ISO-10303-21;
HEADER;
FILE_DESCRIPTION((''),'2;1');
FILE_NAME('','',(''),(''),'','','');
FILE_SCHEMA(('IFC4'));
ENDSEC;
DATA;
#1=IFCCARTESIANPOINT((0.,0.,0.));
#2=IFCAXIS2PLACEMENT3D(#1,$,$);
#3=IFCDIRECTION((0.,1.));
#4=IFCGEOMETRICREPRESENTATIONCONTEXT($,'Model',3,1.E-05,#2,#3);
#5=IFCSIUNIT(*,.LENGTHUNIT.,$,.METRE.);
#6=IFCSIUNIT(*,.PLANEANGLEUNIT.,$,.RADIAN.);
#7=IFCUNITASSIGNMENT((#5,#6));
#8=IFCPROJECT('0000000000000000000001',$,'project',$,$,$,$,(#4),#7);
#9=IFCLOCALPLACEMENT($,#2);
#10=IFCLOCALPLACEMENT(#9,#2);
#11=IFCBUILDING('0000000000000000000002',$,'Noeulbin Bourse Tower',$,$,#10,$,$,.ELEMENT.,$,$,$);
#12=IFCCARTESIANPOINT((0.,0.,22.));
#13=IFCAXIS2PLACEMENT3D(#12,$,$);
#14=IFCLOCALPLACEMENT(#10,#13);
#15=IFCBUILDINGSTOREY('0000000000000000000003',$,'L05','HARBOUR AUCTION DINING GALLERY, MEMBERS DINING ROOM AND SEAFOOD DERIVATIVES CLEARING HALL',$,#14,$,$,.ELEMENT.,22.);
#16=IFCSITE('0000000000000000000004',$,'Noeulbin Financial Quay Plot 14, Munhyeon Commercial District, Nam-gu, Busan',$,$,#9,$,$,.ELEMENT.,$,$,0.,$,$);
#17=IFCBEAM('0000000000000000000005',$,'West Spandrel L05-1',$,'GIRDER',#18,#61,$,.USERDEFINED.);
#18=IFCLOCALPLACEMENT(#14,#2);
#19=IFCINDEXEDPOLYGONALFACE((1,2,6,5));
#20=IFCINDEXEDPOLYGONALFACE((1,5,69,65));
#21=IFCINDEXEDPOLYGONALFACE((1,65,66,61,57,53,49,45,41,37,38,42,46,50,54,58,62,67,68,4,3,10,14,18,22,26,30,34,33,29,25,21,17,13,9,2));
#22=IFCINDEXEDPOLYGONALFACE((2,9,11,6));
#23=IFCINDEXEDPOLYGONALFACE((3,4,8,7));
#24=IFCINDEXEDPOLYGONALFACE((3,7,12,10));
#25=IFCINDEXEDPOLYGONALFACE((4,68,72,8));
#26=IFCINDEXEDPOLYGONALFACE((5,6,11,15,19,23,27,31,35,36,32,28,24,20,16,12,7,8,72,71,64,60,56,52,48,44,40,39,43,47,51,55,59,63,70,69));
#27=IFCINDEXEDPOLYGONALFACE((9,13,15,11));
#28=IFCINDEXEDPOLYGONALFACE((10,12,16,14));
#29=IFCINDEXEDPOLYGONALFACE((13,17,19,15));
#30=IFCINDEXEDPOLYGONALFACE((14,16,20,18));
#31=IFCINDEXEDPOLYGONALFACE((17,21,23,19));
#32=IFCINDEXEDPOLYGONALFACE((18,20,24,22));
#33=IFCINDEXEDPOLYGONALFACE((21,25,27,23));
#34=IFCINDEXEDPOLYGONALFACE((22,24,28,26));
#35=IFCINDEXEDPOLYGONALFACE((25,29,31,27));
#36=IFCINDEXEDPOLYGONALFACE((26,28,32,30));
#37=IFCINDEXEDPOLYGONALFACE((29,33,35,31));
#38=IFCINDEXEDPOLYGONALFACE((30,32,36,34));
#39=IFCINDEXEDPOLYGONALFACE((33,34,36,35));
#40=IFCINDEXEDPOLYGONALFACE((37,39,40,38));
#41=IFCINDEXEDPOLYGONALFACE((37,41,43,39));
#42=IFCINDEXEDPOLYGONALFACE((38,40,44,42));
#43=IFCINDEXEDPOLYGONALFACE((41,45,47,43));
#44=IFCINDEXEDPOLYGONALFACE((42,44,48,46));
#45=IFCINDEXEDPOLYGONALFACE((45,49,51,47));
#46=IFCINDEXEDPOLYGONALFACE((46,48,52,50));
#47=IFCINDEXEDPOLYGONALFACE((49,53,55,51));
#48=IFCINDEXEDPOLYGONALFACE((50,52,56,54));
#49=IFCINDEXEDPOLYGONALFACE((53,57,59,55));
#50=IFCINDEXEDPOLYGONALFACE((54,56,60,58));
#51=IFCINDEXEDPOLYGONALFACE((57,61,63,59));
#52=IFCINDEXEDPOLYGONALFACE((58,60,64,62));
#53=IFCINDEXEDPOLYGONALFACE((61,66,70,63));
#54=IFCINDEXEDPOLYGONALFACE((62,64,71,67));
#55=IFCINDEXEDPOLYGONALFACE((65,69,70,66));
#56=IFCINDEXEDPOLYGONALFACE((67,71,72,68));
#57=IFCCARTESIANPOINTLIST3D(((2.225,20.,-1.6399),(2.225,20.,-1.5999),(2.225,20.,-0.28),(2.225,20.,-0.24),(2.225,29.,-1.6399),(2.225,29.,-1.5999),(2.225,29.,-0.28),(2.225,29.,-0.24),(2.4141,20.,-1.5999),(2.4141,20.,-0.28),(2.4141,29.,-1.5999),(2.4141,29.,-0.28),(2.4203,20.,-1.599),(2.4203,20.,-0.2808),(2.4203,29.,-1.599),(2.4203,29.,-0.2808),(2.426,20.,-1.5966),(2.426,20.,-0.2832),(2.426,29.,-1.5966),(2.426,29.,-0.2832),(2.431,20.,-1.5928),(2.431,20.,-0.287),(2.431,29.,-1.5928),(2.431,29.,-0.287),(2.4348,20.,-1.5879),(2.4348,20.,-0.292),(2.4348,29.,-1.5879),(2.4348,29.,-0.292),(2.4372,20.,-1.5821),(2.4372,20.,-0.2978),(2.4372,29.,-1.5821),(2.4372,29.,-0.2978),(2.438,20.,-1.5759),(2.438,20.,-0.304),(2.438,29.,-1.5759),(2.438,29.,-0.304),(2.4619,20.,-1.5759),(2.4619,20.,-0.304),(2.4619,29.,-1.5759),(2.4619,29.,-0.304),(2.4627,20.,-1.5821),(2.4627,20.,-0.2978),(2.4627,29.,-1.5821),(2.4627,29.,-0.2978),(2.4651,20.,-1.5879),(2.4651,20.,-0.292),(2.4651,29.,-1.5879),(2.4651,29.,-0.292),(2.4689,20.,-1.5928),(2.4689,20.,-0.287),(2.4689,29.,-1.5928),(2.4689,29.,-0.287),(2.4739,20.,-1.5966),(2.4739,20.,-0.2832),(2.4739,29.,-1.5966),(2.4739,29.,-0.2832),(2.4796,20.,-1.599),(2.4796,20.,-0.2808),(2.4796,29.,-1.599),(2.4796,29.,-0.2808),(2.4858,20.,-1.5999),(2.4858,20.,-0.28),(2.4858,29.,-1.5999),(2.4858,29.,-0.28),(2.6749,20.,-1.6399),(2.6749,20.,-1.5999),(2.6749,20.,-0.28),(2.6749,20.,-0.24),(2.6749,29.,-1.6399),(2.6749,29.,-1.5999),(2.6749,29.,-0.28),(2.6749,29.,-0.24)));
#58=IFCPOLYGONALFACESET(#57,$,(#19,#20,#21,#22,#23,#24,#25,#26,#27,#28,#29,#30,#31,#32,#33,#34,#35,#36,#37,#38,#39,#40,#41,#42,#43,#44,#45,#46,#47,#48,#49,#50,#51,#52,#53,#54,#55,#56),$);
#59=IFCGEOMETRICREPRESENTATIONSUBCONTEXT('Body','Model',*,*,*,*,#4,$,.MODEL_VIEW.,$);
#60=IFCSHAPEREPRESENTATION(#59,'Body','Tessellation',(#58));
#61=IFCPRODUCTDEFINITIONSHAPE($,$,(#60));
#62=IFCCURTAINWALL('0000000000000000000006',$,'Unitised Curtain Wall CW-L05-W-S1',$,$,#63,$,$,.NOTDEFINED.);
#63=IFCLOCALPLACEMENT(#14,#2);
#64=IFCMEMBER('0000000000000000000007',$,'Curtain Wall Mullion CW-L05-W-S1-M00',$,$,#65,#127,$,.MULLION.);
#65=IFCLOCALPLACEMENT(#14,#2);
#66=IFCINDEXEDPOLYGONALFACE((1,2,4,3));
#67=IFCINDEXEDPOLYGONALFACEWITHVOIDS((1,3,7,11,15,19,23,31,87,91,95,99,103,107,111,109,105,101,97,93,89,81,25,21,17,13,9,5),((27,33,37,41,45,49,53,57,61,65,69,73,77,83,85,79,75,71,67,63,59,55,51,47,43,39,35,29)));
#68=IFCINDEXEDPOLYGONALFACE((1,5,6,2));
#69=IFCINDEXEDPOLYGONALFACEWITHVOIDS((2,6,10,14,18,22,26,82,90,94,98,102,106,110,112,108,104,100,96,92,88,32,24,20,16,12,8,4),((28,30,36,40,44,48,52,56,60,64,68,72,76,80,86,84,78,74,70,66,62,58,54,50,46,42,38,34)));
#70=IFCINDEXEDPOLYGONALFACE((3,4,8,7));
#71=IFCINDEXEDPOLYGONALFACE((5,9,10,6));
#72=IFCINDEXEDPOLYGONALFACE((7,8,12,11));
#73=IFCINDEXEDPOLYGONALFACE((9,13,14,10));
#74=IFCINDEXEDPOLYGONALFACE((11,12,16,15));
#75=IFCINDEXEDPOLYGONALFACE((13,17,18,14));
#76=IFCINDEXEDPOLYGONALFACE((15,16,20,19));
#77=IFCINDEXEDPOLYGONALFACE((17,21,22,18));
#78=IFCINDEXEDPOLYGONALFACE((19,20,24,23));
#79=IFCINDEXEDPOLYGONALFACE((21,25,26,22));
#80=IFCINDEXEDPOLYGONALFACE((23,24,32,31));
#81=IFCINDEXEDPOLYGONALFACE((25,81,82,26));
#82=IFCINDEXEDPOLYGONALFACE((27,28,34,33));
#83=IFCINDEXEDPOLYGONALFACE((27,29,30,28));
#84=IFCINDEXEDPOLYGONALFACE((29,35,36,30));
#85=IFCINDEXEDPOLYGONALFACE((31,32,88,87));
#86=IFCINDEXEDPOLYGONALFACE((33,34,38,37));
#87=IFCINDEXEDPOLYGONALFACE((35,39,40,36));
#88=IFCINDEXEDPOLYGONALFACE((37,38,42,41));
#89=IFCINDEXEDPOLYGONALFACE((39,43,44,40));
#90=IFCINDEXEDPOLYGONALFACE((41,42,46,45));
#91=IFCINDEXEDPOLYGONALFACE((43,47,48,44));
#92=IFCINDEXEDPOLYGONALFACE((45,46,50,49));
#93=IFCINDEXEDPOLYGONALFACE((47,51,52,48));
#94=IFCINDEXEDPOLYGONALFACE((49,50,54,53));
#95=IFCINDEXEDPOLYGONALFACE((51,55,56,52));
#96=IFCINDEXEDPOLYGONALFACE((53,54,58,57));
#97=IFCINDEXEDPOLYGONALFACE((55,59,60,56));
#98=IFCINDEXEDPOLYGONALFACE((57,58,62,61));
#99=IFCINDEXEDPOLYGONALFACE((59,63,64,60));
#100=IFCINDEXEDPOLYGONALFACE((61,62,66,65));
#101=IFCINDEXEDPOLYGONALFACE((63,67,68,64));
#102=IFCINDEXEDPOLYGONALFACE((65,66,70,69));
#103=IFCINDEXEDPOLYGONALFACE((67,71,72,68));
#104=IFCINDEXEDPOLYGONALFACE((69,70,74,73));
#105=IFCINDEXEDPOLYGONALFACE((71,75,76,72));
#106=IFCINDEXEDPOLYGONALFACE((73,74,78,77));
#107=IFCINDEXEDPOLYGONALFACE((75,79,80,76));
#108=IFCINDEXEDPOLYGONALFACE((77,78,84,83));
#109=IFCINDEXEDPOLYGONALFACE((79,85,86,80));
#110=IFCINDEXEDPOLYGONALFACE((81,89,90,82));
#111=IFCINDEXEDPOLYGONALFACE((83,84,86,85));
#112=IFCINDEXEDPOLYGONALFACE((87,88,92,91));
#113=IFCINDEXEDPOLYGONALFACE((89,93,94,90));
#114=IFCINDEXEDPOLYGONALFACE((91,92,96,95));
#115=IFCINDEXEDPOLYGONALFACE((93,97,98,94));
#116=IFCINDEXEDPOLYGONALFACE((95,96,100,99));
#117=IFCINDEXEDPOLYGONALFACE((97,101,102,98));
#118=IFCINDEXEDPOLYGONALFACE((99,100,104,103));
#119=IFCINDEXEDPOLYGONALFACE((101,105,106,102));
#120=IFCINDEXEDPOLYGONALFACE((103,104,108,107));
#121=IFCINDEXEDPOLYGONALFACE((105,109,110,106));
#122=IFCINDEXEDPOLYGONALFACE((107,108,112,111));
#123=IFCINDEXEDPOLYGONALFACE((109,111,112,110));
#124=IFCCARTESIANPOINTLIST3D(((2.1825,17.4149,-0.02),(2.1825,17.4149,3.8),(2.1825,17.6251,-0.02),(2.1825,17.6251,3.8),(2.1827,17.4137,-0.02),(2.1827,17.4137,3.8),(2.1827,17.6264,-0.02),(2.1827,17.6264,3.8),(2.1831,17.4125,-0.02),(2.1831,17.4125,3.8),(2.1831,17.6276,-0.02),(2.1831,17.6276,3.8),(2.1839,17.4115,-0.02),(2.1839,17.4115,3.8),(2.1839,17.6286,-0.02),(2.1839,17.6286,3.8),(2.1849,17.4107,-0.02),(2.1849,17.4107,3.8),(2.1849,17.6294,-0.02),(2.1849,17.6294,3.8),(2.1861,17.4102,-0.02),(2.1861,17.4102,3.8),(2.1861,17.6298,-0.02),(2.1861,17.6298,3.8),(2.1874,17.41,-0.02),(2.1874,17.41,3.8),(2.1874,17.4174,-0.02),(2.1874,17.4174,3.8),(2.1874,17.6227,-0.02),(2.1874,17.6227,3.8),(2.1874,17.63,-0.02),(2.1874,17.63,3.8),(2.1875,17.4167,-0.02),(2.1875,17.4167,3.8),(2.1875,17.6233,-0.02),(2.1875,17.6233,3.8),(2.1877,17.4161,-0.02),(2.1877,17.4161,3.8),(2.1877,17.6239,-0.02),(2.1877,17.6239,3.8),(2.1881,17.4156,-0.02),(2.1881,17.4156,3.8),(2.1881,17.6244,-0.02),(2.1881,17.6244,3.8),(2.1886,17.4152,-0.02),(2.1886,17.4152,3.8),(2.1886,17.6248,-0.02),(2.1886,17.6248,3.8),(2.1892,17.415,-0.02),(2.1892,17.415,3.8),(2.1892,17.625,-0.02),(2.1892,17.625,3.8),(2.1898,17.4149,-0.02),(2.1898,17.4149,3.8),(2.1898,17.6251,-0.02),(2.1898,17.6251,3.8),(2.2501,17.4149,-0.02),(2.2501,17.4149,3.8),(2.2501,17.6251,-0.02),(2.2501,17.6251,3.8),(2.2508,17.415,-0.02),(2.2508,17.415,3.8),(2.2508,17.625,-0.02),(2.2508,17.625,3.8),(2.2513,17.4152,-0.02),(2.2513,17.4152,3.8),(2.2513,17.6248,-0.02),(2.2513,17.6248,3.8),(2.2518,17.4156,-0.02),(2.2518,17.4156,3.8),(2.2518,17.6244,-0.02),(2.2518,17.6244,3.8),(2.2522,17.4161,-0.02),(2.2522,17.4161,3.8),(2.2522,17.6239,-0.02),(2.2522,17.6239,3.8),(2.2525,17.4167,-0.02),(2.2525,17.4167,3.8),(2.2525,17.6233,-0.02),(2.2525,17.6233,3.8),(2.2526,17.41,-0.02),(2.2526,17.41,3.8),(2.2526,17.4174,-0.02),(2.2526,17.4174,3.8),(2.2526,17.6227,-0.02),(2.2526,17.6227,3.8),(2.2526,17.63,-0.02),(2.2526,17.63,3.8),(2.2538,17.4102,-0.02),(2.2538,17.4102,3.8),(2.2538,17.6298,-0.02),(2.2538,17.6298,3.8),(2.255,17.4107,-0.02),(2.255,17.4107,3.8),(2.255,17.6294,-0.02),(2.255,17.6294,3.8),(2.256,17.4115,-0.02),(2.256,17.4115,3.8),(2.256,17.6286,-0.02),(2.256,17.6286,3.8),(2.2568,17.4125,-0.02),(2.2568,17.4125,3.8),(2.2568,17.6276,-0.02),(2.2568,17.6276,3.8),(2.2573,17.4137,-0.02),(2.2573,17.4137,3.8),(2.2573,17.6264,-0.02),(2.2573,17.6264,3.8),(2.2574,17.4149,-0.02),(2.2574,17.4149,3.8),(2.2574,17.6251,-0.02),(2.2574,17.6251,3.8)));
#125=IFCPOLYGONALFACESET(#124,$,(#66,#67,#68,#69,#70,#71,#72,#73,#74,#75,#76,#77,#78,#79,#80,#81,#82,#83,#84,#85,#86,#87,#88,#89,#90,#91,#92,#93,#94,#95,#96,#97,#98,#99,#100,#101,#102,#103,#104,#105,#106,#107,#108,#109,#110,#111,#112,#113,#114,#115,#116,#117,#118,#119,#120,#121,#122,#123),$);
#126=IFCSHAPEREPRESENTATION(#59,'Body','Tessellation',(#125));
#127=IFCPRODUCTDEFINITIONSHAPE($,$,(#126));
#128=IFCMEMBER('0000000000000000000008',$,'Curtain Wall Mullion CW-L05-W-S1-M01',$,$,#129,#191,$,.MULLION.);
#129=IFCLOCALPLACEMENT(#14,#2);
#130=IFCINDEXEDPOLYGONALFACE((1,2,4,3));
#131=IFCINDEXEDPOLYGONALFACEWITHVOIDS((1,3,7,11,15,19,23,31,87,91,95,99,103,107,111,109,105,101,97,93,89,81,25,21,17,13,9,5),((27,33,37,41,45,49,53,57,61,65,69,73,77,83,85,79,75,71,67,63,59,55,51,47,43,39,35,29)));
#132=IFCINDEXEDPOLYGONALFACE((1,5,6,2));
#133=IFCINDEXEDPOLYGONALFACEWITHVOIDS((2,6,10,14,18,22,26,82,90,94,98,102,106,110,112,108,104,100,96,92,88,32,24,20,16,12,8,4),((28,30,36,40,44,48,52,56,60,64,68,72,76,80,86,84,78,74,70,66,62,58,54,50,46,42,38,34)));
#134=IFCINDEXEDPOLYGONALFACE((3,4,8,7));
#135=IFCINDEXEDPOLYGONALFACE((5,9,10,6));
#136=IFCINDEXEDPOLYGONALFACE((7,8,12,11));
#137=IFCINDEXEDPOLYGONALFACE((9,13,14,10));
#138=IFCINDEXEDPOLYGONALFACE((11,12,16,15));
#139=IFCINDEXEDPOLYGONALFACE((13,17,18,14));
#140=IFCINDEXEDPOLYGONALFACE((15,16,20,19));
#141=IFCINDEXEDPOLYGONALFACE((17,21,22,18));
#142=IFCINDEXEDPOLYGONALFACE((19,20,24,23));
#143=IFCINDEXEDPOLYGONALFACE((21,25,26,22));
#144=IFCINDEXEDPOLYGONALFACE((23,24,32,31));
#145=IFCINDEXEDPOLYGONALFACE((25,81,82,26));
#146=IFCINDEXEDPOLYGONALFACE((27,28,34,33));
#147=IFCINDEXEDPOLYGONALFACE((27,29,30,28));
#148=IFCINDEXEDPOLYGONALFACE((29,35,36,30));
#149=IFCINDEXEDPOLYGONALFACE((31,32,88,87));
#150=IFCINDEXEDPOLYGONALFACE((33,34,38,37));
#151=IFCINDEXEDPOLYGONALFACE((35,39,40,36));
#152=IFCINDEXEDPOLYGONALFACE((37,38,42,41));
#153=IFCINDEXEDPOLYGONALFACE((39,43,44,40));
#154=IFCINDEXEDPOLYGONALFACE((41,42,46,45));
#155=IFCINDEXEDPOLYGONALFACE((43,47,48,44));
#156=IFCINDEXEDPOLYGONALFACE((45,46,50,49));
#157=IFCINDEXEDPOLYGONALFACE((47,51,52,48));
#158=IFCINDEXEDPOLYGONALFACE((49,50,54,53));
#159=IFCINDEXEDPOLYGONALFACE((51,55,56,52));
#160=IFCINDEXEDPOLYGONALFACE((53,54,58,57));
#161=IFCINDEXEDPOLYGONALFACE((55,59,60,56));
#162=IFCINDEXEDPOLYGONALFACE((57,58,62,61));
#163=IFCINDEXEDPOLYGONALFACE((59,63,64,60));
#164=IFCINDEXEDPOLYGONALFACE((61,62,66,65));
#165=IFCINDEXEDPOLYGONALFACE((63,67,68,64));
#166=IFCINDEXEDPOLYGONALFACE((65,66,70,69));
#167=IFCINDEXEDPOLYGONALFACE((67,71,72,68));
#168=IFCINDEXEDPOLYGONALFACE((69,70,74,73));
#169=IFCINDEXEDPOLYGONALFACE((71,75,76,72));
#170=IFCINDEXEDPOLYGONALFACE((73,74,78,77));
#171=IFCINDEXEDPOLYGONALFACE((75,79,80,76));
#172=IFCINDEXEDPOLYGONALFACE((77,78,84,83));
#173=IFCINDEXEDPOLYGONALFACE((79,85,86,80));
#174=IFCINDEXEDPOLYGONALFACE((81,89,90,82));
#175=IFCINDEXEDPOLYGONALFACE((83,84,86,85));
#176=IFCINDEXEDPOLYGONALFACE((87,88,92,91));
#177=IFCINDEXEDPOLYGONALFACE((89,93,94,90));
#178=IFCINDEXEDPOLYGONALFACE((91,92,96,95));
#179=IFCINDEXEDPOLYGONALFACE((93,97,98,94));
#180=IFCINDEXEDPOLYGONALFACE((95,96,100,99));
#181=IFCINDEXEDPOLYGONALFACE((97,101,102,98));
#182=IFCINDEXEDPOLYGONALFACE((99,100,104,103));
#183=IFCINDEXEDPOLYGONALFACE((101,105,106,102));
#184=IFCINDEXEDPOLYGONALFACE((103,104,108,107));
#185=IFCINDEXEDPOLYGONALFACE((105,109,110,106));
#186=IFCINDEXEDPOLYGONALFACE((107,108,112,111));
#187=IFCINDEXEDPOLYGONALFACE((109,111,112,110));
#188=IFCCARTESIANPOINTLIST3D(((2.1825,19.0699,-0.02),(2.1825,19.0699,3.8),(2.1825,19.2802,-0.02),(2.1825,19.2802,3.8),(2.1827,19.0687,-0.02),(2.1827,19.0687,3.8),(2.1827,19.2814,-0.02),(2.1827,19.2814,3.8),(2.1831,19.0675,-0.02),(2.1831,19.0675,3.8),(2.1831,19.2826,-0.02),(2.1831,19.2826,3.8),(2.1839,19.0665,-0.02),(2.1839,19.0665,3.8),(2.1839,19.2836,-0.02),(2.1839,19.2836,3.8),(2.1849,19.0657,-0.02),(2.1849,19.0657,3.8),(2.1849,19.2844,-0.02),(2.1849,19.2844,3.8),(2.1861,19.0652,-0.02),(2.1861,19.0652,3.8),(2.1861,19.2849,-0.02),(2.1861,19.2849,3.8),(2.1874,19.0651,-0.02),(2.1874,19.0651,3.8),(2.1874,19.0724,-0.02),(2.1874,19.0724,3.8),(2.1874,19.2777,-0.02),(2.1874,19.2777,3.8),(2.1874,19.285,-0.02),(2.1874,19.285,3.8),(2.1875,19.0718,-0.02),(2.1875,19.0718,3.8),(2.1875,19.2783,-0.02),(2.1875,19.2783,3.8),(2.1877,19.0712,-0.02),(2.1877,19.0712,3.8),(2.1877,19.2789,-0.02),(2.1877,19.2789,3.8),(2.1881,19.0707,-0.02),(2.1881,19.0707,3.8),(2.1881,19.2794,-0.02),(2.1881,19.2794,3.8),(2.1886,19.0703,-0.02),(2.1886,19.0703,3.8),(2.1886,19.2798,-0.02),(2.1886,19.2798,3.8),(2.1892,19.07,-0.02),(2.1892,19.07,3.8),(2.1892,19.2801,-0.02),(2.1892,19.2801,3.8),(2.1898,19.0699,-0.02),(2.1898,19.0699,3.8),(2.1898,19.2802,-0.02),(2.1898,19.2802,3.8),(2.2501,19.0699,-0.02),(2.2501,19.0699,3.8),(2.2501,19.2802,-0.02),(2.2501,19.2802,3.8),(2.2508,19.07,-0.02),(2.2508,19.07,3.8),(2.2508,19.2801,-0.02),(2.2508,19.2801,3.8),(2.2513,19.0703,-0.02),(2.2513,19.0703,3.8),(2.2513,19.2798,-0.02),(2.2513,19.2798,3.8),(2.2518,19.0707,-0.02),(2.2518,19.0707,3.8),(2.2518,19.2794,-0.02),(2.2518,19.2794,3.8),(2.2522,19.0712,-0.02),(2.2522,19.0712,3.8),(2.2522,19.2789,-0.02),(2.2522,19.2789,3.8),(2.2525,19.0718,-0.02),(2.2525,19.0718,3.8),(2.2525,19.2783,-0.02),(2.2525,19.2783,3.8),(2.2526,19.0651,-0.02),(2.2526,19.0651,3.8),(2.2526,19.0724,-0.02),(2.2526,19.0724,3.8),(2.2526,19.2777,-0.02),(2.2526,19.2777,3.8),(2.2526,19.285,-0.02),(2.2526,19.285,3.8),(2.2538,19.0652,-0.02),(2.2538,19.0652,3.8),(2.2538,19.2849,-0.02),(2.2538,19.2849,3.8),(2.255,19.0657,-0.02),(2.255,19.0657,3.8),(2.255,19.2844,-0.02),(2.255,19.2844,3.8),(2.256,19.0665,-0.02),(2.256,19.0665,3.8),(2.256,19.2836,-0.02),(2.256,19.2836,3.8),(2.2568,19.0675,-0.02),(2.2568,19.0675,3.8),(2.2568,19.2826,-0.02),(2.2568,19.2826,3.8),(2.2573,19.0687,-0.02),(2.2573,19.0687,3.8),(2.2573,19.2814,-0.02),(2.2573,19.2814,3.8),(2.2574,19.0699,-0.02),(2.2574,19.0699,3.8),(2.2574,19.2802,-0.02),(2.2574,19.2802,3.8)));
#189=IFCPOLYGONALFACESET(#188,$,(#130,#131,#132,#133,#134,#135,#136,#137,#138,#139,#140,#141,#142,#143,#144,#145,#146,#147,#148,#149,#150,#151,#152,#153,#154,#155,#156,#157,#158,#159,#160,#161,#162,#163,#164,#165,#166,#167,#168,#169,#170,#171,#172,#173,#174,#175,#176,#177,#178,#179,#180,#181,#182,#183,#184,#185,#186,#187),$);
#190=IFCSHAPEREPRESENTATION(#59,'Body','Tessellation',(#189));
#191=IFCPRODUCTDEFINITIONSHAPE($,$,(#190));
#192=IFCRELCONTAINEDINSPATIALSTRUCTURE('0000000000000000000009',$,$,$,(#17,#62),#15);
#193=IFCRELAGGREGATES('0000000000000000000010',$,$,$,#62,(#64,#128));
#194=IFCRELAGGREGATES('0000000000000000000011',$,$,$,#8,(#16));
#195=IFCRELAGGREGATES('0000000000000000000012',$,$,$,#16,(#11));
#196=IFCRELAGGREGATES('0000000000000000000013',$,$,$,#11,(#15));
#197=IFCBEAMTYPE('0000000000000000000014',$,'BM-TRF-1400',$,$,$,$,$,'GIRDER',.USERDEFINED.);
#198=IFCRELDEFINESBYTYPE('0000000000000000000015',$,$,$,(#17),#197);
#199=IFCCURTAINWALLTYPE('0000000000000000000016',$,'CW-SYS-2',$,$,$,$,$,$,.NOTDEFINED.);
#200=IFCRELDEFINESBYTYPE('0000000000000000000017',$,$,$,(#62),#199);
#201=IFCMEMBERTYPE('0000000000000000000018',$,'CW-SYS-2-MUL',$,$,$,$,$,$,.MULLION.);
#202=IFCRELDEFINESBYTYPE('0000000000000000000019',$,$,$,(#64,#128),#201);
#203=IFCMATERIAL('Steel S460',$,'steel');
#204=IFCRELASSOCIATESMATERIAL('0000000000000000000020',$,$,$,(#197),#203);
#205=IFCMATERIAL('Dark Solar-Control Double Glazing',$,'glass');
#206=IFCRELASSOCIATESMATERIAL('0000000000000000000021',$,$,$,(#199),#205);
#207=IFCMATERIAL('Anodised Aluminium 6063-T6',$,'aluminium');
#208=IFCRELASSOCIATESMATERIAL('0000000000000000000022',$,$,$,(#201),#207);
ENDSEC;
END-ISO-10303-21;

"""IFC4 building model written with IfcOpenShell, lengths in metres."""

from ifc_helpers import new_model, si_unit, direction, frame, origin, origin_2d, place, context, subcontext, project, spatial, hollow_rectangle, i_section, extrude, material, material_profile, profile_set, type_object, element, aggregate, save


model = new_model("IFC4")

# Units and contexts
model_context = context("Model", 3, precision=1e-05, world=origin(), true_north=direction((0.0, 1.0)))
body_context = subcontext(model_context, "Body", "Model", "MODEL_VIEW")
ifc_project = project(units=[si_unit("LENGTHUNIT", "METRE"), si_unit("PLANEANGLEUNIT", "RADIAN")], contexts=[model_context])

# Site, building, storey
site_placement = place(None, origin())
site = spatial("IfcSite", under=ifc_project, at=site_placement, Name="Noeulbin Financial Quay Plot 14, Munhyeon Commercial District, Nam-gu, Busan", CompositionType="ELEMENT", RefElevation=0.0)
building_placement = place(site_placement, origin())
building = spatial("IfcBuilding", under=site, at=building_placement, Name="Noeulbin Bourse Tower", CompositionType="ELEMENT")
storey_placement = place(building_placement, frame((0.0, 0.0, 22.0)))
storey = spatial("IfcBuildingStorey", under=building, at=storey_placement, Name="L05", Description="HARBOUR AUCTION DINING GALLERY, MEMBERS DINING ROOM AND SEAFOOD DERIVATIVES CLEARING HALL", CompositionType="ELEMENT", Elevation=22.0)

# Shared definitions
ifc_material_1 = material(Name="Steel S460", Category="steel")

# Beam
ifc_material_profile_1 = material_profile(ifc_material_1, i_section(OverallWidth=0.45, OverallDepth=1.3999, WebThickness=0.0239, FlangeThickness=0.04, FilletRadius=0.0239, at=origin_2d()), Name="PG-1400x450x24x40", Category="LoadBearing")
ifc_profile_set_1 = profile_set([ifc_material_profile_1], Name="Steel S460")
beam_type_1 = type_object("IfcBeamType", Name="BM-TRF-1400", ElementType="GIRDER", PredefinedType="USERDEFINED", material=ifc_profile_set_1)
beam_1_placement = place(storey_placement, frame((2.45, 20.0, -0.9399), z_axis=(0.0, 1.0, 0.0), x_axis=(-1.0, 0.0, 0.0)))
element("IfcBeam", 1, at=beam_1_placement, inside=storey, type_object=beam_type_1, Name="West Spandrel L05-1", ObjectType="GIRDER", PredefinedType="USERDEFINED", context=body_context, shape_type="SweptSolid", body=[
    extrude(i_section(OverallWidth=0.45, OverallDepth=1.3999, WebThickness=0.0239, FlangeThickness=0.04, FilletRadius=0.0239, at=origin_2d()), origin(), (0.0, 0.0, 1.0), 9.0),
])

# Curtain wall, members
ifc_material_2 = material(Name="Dark Solar-Control Double Glazing", Category="glass")
curtain_wall_type = type_object("IfcCurtainWallType", Name="CW-SYS-2", PredefinedType="NOTDEFINED", material=ifc_material_2)
curtain_wall_1_placement = place(storey_placement, origin())
curtain_wall_1 = element("IfcCurtainWall", 2, at=curtain_wall_1_placement, inside=storey, type_object=curtain_wall_type, Name="Unitised Curtain Wall CW-L05-W-S1", PredefinedType="NOTDEFINED")
ifc_material_3 = material(Name="Anodised Aluminium 6063-T6", Category="aluminium")
ifc_material_profile_2 = material_profile(ifc_material_3, hollow_rectangle(XDim=0.075, YDim=0.22, WallThickness=0.0049, InnerFilletRadius=0.0024, OuterFilletRadius=0.0049, at=origin_2d()), Name="ALU-MULL-75x220x5", Category="LoadBearing")
ifc_profile_set_2 = profile_set([ifc_material_profile_2], Name="Anodised Aluminium 6063-T6")
member_type_1 = type_object("IfcMemberType", Name="CW-SYS-2-MUL", PredefinedType="MULLION", material=ifc_profile_set_2)
member_1_placement = place(storey_placement, frame((2.22, 17.52, -0.02), z_axis=(0.0, 0.0, 1.0), x_axis=(1.0, 0.0, 0.0)))
member_1 = element("IfcMember", 3, at=member_1_placement, type_object=member_type_1, Name="Curtain Wall Mullion CW-L05-W-S1-M00", PredefinedType="MULLION", context=body_context, shape_type="SweptSolid", body=[
    extrude(hollow_rectangle(XDim=0.075, YDim=0.22, WallThickness=0.0049, InnerFilletRadius=0.0024, OuterFilletRadius=0.0049, at=origin_2d()), origin(), (0.0, 0.0, 1.0), 3.8201),
])
member_2_placement = place(storey_placement, frame((2.22, 19.175, -0.02), z_axis=(0.0, 0.0, 1.0), x_axis=(1.0, 0.0, 0.0)))
member_2 = element("IfcMember", 4, at=member_2_placement, type_object=member_type_1, Name="Curtain Wall Mullion CW-L05-W-S1-M01", PredefinedType="MULLION", context=body_context, shape_type="SweptSolid", body=[
    extrude(hollow_rectangle(XDim=0.075, YDim=0.22, WallThickness=0.0049, InnerFilletRadius=0.0024, OuterFilletRadius=0.0049, at=origin_2d()), origin(), (0.0, 0.0, 1.0), 3.8201),
])

aggregate(curtain_wall_1, [member_1, member_2])

save(model, "model.ifc")
